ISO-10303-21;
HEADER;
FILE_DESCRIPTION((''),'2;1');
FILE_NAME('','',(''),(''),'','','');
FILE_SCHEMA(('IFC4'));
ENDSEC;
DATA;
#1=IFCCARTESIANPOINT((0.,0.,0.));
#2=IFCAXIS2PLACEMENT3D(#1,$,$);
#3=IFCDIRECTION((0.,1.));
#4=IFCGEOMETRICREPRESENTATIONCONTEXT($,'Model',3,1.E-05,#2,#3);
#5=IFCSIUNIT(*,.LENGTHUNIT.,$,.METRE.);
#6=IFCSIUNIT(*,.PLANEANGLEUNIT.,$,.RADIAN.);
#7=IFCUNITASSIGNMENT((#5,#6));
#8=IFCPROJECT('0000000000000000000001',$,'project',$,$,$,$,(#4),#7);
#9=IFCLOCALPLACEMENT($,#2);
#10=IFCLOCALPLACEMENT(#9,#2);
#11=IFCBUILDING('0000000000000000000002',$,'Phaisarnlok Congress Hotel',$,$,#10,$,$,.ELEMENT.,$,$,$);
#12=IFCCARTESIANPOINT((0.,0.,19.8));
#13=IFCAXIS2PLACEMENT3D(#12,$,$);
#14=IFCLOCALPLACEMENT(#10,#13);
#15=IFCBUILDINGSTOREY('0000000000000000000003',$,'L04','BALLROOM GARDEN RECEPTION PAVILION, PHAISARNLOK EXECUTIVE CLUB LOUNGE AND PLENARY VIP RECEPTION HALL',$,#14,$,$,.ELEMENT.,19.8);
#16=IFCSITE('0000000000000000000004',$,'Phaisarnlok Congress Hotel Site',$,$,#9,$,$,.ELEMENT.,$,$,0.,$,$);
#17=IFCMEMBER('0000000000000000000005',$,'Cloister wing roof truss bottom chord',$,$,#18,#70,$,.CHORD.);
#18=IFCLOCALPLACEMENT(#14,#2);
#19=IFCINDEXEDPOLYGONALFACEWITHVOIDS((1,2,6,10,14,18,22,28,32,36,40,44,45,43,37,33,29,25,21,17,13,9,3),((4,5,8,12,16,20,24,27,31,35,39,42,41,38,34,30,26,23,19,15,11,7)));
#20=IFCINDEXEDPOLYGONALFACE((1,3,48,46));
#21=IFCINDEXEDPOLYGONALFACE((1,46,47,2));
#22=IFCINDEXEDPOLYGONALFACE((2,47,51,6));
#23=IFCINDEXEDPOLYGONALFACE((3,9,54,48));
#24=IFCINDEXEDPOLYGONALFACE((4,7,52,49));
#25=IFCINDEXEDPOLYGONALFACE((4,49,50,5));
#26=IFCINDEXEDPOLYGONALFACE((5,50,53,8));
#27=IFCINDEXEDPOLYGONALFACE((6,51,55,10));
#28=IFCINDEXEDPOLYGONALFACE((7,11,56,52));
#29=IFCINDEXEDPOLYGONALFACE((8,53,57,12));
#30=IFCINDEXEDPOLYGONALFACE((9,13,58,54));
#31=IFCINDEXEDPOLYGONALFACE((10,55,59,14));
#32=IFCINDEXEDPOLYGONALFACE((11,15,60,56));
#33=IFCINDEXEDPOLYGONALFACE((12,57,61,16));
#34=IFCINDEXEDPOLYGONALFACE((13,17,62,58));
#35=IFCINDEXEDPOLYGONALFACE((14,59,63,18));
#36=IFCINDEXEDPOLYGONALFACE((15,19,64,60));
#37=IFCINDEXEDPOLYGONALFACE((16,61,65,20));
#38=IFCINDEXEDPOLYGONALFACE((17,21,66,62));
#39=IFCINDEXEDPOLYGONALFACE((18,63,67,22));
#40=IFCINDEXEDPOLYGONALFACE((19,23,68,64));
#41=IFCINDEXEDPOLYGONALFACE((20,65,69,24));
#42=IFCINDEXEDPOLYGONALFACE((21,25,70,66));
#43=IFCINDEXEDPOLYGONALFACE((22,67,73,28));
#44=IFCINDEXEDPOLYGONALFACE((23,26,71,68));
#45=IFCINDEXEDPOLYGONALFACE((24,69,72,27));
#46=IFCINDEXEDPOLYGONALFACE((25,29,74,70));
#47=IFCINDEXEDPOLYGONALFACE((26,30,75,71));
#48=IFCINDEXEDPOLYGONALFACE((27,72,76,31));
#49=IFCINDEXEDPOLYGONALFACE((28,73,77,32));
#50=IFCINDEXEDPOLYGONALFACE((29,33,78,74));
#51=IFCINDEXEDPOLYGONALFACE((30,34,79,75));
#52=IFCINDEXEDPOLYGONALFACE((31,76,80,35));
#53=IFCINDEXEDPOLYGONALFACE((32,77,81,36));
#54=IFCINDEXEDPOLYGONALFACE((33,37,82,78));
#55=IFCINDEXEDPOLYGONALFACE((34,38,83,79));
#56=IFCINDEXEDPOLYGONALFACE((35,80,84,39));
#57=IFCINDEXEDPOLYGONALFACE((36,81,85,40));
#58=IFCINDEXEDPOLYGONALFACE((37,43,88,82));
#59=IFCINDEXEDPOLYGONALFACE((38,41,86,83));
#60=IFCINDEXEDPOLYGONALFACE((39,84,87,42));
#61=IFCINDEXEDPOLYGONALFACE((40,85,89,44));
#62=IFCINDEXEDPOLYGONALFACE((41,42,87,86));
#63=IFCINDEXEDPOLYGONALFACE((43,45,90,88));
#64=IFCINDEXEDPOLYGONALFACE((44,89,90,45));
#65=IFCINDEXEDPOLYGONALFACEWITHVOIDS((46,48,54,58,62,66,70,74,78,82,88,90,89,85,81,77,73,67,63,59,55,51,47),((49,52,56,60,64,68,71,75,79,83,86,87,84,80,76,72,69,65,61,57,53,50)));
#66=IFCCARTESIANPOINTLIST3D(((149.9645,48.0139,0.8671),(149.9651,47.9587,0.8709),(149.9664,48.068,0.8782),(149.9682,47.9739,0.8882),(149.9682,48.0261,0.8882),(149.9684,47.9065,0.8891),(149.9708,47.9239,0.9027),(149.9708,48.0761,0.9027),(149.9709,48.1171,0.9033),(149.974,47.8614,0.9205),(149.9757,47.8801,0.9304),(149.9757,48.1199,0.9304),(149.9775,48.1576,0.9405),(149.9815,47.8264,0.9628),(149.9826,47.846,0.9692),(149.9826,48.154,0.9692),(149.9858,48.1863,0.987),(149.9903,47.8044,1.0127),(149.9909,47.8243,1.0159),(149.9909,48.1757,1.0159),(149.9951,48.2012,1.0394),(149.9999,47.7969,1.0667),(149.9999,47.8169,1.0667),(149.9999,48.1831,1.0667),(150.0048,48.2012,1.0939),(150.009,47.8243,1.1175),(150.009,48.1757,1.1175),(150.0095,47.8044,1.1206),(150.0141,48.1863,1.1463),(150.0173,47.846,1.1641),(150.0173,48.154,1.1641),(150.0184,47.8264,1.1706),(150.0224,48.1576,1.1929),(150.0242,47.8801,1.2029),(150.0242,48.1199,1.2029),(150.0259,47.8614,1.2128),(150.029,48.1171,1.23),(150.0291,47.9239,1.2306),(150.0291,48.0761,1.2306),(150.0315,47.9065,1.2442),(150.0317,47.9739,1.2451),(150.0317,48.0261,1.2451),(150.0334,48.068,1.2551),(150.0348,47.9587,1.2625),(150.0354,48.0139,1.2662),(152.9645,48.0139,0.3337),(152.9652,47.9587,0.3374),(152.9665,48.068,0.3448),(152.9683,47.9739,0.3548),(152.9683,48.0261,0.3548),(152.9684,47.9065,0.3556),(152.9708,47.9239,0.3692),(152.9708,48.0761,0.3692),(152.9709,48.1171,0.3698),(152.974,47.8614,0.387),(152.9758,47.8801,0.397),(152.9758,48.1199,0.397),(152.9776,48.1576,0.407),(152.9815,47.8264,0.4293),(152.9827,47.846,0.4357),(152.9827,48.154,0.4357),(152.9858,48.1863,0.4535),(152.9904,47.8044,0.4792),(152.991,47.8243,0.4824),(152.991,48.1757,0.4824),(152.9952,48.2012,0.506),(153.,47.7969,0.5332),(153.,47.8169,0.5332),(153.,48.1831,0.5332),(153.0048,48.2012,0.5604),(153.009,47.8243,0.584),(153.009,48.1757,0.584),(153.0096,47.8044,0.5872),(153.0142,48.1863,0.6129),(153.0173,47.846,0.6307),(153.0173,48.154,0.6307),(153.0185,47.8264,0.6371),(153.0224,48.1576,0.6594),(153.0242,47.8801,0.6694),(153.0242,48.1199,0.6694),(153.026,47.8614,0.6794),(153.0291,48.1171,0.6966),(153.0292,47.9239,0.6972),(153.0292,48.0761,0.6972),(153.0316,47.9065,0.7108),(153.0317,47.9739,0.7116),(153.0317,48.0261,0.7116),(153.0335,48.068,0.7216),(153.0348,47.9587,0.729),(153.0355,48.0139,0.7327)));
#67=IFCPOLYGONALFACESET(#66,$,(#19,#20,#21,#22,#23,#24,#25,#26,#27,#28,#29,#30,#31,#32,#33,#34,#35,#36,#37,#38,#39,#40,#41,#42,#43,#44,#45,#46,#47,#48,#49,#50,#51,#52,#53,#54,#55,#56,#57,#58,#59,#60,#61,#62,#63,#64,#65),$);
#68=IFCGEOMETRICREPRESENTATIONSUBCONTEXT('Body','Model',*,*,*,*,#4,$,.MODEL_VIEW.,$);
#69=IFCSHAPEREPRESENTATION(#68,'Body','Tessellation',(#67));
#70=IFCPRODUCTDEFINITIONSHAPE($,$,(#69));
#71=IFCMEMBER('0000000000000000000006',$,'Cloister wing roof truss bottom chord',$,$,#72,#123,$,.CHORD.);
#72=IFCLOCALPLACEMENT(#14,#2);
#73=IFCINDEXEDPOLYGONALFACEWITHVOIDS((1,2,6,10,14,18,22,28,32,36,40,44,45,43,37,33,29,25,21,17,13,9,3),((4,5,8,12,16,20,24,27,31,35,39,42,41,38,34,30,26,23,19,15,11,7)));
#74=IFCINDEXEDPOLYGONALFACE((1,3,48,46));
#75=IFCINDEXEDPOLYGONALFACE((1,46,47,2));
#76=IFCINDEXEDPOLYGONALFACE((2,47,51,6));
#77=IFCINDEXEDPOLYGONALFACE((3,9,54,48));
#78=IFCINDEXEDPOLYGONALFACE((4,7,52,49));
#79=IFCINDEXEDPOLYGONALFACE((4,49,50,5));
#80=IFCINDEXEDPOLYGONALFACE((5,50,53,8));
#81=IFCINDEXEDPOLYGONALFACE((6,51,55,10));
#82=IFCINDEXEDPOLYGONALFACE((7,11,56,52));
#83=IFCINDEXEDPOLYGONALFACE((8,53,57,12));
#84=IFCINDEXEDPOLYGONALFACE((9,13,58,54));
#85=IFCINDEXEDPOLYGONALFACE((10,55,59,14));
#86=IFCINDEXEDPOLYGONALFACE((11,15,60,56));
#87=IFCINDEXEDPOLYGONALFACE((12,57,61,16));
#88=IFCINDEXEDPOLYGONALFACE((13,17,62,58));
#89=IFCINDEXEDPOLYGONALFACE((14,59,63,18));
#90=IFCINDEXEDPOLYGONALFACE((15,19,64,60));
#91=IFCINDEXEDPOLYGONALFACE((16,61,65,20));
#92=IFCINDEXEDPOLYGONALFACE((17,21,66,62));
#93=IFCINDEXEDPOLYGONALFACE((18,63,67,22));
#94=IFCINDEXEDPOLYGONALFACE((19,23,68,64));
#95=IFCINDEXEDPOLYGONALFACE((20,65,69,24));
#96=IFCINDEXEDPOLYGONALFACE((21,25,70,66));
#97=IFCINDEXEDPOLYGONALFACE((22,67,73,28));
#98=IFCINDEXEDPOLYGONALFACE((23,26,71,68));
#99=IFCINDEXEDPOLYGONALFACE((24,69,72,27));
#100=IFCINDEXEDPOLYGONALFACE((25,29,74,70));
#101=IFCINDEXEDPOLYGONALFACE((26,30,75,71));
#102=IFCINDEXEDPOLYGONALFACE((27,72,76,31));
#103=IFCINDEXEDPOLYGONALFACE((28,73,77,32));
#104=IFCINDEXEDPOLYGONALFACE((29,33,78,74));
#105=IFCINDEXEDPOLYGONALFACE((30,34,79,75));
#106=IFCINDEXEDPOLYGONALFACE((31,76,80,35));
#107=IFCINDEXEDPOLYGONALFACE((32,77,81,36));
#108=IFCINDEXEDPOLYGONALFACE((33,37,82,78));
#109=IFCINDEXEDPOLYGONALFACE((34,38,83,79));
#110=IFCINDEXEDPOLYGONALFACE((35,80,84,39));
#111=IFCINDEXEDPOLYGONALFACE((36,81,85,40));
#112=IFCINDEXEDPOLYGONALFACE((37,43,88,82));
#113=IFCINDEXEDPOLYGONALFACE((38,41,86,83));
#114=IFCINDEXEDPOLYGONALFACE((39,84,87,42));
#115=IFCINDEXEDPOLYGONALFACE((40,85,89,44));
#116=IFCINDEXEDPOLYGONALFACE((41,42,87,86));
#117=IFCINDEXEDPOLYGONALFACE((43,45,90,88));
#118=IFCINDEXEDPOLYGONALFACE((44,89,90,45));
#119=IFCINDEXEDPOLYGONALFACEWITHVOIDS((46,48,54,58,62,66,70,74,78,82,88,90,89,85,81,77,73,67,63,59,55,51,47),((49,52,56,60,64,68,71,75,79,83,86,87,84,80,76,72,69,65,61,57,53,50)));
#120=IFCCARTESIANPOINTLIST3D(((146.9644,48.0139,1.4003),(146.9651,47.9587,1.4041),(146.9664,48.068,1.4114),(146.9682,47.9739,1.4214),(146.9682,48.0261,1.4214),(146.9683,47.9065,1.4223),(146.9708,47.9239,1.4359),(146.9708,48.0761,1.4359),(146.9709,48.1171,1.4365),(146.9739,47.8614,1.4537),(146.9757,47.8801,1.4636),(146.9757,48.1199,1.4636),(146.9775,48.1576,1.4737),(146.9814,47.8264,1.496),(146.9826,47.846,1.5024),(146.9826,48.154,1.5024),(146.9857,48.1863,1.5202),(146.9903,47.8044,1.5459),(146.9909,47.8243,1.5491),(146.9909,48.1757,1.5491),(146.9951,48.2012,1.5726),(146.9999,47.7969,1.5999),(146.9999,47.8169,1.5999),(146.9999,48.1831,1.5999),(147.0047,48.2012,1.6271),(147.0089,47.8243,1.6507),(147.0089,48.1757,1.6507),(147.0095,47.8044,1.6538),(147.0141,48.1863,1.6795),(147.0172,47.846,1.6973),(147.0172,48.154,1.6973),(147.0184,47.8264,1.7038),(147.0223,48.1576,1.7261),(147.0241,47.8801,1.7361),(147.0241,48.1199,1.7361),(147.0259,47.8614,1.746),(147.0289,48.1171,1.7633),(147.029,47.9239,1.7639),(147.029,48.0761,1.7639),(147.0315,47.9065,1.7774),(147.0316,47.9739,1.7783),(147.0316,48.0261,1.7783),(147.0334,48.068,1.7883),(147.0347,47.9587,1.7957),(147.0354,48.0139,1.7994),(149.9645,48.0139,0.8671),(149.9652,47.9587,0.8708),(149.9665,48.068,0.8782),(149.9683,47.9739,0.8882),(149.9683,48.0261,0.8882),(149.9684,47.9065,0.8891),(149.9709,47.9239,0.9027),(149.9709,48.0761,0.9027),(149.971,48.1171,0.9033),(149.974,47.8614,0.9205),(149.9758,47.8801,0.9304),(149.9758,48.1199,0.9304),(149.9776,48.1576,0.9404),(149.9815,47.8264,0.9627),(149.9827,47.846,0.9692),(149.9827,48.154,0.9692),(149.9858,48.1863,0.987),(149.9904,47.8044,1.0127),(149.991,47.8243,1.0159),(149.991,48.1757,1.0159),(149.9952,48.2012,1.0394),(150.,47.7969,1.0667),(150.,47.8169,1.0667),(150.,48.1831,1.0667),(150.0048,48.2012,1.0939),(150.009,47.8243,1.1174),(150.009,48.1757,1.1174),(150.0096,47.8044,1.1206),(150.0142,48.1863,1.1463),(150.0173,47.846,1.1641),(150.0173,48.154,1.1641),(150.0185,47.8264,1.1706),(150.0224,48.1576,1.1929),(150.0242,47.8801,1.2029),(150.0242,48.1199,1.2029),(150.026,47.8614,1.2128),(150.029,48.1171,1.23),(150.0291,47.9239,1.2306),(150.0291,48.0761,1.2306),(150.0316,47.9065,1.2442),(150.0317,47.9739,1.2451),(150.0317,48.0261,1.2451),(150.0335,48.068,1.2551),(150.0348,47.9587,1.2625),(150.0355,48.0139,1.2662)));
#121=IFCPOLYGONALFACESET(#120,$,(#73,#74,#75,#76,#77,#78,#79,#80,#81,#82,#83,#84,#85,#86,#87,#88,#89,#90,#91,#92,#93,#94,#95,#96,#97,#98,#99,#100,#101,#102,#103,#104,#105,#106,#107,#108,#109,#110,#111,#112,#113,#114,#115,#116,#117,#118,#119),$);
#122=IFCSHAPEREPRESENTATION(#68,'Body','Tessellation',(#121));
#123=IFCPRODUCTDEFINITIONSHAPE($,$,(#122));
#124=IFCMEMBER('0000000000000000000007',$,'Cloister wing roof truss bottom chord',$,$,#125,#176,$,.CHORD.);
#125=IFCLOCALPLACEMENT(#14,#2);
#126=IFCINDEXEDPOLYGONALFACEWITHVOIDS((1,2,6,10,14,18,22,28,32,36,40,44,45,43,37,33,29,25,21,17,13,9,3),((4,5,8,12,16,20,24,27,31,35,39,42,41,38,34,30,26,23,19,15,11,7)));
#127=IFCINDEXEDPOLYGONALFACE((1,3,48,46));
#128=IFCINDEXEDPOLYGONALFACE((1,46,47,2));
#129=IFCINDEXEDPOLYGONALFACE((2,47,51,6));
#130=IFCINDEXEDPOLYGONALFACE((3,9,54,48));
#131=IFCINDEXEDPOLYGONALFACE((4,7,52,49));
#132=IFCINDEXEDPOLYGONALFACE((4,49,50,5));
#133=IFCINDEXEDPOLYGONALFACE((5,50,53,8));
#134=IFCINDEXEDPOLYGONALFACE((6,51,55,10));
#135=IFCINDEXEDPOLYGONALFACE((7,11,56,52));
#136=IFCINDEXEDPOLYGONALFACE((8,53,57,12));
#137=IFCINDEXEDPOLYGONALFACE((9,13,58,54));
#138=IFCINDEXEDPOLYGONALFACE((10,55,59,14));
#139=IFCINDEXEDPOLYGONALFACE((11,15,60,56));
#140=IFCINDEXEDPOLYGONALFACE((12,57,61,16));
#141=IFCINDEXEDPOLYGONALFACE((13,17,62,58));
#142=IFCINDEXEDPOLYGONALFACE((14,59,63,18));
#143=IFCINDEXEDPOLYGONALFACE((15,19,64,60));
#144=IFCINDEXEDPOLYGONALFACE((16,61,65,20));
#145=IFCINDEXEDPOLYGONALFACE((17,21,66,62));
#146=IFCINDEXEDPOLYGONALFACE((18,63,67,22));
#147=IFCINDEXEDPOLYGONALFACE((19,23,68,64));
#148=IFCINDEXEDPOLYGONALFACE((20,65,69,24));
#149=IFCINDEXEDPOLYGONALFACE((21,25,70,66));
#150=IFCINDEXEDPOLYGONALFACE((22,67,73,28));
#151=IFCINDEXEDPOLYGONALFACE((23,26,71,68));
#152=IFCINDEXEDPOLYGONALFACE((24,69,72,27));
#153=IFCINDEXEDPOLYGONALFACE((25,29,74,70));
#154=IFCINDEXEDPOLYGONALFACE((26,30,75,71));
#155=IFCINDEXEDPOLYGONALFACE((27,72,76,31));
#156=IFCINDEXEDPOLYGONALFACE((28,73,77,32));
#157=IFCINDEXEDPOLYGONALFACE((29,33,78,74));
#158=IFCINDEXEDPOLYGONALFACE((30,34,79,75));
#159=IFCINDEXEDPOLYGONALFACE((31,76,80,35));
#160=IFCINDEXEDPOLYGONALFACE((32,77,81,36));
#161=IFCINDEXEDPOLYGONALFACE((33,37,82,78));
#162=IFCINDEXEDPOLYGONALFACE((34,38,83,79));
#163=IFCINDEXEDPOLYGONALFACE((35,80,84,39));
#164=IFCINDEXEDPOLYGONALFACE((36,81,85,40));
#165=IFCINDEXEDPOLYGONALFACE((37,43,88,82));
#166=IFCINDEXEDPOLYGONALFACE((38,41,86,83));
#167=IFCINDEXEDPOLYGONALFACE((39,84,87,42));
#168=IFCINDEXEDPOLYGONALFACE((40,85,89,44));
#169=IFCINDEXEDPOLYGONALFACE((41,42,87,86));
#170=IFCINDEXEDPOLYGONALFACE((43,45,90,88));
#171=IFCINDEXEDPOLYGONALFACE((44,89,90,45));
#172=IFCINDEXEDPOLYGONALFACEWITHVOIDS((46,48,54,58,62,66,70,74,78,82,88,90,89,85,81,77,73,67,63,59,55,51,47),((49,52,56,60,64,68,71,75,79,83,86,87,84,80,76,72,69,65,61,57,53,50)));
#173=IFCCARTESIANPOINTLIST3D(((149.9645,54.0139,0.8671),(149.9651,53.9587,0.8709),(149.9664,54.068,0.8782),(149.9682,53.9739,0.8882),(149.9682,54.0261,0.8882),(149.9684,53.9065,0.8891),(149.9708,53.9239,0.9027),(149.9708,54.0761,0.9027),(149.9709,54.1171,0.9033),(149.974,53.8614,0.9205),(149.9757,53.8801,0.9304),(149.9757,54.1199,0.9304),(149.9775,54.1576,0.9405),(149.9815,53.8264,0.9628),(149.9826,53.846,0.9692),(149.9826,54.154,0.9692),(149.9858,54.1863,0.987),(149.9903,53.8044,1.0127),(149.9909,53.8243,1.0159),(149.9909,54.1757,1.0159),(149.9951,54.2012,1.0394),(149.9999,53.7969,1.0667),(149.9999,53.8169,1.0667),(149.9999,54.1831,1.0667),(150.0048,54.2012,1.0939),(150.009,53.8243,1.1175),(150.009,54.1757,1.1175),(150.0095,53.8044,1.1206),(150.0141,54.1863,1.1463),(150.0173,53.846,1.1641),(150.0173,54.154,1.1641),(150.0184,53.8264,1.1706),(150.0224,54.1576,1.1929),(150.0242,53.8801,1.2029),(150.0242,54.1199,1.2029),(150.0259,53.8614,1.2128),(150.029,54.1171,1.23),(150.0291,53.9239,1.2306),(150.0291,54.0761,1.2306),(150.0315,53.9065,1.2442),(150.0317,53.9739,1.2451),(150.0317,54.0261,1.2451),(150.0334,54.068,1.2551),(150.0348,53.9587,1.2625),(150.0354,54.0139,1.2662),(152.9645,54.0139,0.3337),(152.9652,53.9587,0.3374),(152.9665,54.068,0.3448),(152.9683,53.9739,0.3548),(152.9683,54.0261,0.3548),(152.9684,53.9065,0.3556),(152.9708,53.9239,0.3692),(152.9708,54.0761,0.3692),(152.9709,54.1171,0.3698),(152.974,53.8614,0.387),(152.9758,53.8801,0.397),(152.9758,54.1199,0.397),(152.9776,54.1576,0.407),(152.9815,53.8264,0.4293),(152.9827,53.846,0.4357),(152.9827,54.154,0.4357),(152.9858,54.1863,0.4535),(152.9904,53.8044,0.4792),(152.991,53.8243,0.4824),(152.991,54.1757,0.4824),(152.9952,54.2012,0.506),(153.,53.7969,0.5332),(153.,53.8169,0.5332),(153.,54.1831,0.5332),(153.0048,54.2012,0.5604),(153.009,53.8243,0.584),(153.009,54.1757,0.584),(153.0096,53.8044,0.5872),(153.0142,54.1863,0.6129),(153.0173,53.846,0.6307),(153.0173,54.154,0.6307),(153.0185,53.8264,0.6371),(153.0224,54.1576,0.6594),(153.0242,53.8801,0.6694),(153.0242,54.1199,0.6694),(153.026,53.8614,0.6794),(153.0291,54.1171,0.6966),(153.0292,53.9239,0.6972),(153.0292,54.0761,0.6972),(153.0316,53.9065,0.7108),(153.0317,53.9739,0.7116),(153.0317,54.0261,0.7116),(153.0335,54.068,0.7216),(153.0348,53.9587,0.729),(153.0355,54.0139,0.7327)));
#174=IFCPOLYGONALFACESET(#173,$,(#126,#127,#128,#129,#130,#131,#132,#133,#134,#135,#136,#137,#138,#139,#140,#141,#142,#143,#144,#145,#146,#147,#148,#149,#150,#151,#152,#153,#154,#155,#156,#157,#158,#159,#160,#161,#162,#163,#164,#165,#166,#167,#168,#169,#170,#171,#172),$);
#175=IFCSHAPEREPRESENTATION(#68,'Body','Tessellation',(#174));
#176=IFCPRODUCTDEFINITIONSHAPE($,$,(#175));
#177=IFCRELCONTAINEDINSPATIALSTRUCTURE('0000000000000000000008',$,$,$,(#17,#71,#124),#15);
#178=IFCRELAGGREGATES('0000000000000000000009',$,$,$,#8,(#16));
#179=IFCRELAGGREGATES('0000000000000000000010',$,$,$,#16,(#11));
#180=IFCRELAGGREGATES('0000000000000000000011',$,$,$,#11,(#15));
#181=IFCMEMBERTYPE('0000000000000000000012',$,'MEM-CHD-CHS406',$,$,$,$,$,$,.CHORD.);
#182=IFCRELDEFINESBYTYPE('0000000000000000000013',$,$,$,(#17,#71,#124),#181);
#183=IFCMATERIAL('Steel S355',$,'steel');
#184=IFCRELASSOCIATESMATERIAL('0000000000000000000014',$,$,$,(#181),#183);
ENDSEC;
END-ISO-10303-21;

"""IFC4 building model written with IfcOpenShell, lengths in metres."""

from ifc_helpers import new_model, si_unit, direction, frame, origin, origin_2d, place, context, subcontext, project, spatial, hollow_circle, extrude, material, material_profile, profile_set, type_object, element, save


model = new_model("IFC4")

# Units and contexts
model_context = context("Model", 3, precision=1e-05, world=origin(), true_north=direction((0.0, 1.0)))
body_context = subcontext(model_context, "Body", "Model", "MODEL_VIEW")
ifc_project = project(units=[si_unit("LENGTHUNIT", "METRE"), si_unit("PLANEANGLEUNIT", "RADIAN")], contexts=[model_context])

# Site, building, storey
site_placement = place(None, origin())
site = spatial("IfcSite", under=ifc_project, at=site_placement, Name="Phaisarnlok Congress Hotel Site", CompositionType="ELEMENT", RefElevation=0.0)
building_placement = place(site_placement, origin())
building = spatial("IfcBuilding", under=site, at=building_placement, Name="Phaisarnlok Congress Hotel", CompositionType="ELEMENT")
storey_placement = place(building_placement, frame((0.0, 0.0, 19.8)))
storey = spatial("IfcBuildingStorey", under=building, at=storey_placement, Name="L04", Description="BALLROOM GARDEN RECEPTION PAVILION, PHAISARNLOK EXECUTIVE CLUB LOUNGE AND PLENARY VIP RECEPTION HALL", CompositionType="ELEMENT", Elevation=19.8)

# Shared definitions
ifc_material = material(Name="Steel S355", Category="steel")

# Members
ifc_material_profile_1 = material_profile(ifc_material, hollow_circle(Radius=0.2031, WallThickness=0.02, at=origin_2d()), Name="CHS 406.4x20")
ifc_profile_set_1 = profile_set([ifc_material_profile_1], Name="Steel S355")
member_type_1 = type_object("IfcMemberType", Name="MEM-CHD-CHS406", PredefinedType="CHORD", material=ifc_profile_set_1)
for number, where, z_axis, x_axis, name in (
    (1, (153.0, 48.0, 0.5332), (-0.984556, 0.0, 0.17507), (0.0, -1.0, 0.0), "Cloister wing roof truss bottom chord"),
    (2, (150.0, 48.0, 1.0667), (-0.98457, 0.0, 0.174992), (0.0, -1.0, 0.0), "Cloister wing roof truss bottom chord"),
    (3, (153.0, 54.0, 0.5332), (-0.984556, 0.0, 0.17507), (0.0, -1.0, 0.0), "Cloister wing roof truss bottom chord"),
):
    element("IfcMember", number, at=place(storey_placement, frame(where, z_axis=z_axis, x_axis=x_axis)), inside=storey, type_object=member_type_1, Name=name, PredefinedType="CHORD", context=body_context, shape_type="SweptSolid", body=[
        extrude(hollow_circle(Radius=0.2031, WallThickness=0.02, at=origin_2d()), origin(), (0.0, 0.0, 1.0), 3.0471),
    ])

save(model, "model.ifc")
